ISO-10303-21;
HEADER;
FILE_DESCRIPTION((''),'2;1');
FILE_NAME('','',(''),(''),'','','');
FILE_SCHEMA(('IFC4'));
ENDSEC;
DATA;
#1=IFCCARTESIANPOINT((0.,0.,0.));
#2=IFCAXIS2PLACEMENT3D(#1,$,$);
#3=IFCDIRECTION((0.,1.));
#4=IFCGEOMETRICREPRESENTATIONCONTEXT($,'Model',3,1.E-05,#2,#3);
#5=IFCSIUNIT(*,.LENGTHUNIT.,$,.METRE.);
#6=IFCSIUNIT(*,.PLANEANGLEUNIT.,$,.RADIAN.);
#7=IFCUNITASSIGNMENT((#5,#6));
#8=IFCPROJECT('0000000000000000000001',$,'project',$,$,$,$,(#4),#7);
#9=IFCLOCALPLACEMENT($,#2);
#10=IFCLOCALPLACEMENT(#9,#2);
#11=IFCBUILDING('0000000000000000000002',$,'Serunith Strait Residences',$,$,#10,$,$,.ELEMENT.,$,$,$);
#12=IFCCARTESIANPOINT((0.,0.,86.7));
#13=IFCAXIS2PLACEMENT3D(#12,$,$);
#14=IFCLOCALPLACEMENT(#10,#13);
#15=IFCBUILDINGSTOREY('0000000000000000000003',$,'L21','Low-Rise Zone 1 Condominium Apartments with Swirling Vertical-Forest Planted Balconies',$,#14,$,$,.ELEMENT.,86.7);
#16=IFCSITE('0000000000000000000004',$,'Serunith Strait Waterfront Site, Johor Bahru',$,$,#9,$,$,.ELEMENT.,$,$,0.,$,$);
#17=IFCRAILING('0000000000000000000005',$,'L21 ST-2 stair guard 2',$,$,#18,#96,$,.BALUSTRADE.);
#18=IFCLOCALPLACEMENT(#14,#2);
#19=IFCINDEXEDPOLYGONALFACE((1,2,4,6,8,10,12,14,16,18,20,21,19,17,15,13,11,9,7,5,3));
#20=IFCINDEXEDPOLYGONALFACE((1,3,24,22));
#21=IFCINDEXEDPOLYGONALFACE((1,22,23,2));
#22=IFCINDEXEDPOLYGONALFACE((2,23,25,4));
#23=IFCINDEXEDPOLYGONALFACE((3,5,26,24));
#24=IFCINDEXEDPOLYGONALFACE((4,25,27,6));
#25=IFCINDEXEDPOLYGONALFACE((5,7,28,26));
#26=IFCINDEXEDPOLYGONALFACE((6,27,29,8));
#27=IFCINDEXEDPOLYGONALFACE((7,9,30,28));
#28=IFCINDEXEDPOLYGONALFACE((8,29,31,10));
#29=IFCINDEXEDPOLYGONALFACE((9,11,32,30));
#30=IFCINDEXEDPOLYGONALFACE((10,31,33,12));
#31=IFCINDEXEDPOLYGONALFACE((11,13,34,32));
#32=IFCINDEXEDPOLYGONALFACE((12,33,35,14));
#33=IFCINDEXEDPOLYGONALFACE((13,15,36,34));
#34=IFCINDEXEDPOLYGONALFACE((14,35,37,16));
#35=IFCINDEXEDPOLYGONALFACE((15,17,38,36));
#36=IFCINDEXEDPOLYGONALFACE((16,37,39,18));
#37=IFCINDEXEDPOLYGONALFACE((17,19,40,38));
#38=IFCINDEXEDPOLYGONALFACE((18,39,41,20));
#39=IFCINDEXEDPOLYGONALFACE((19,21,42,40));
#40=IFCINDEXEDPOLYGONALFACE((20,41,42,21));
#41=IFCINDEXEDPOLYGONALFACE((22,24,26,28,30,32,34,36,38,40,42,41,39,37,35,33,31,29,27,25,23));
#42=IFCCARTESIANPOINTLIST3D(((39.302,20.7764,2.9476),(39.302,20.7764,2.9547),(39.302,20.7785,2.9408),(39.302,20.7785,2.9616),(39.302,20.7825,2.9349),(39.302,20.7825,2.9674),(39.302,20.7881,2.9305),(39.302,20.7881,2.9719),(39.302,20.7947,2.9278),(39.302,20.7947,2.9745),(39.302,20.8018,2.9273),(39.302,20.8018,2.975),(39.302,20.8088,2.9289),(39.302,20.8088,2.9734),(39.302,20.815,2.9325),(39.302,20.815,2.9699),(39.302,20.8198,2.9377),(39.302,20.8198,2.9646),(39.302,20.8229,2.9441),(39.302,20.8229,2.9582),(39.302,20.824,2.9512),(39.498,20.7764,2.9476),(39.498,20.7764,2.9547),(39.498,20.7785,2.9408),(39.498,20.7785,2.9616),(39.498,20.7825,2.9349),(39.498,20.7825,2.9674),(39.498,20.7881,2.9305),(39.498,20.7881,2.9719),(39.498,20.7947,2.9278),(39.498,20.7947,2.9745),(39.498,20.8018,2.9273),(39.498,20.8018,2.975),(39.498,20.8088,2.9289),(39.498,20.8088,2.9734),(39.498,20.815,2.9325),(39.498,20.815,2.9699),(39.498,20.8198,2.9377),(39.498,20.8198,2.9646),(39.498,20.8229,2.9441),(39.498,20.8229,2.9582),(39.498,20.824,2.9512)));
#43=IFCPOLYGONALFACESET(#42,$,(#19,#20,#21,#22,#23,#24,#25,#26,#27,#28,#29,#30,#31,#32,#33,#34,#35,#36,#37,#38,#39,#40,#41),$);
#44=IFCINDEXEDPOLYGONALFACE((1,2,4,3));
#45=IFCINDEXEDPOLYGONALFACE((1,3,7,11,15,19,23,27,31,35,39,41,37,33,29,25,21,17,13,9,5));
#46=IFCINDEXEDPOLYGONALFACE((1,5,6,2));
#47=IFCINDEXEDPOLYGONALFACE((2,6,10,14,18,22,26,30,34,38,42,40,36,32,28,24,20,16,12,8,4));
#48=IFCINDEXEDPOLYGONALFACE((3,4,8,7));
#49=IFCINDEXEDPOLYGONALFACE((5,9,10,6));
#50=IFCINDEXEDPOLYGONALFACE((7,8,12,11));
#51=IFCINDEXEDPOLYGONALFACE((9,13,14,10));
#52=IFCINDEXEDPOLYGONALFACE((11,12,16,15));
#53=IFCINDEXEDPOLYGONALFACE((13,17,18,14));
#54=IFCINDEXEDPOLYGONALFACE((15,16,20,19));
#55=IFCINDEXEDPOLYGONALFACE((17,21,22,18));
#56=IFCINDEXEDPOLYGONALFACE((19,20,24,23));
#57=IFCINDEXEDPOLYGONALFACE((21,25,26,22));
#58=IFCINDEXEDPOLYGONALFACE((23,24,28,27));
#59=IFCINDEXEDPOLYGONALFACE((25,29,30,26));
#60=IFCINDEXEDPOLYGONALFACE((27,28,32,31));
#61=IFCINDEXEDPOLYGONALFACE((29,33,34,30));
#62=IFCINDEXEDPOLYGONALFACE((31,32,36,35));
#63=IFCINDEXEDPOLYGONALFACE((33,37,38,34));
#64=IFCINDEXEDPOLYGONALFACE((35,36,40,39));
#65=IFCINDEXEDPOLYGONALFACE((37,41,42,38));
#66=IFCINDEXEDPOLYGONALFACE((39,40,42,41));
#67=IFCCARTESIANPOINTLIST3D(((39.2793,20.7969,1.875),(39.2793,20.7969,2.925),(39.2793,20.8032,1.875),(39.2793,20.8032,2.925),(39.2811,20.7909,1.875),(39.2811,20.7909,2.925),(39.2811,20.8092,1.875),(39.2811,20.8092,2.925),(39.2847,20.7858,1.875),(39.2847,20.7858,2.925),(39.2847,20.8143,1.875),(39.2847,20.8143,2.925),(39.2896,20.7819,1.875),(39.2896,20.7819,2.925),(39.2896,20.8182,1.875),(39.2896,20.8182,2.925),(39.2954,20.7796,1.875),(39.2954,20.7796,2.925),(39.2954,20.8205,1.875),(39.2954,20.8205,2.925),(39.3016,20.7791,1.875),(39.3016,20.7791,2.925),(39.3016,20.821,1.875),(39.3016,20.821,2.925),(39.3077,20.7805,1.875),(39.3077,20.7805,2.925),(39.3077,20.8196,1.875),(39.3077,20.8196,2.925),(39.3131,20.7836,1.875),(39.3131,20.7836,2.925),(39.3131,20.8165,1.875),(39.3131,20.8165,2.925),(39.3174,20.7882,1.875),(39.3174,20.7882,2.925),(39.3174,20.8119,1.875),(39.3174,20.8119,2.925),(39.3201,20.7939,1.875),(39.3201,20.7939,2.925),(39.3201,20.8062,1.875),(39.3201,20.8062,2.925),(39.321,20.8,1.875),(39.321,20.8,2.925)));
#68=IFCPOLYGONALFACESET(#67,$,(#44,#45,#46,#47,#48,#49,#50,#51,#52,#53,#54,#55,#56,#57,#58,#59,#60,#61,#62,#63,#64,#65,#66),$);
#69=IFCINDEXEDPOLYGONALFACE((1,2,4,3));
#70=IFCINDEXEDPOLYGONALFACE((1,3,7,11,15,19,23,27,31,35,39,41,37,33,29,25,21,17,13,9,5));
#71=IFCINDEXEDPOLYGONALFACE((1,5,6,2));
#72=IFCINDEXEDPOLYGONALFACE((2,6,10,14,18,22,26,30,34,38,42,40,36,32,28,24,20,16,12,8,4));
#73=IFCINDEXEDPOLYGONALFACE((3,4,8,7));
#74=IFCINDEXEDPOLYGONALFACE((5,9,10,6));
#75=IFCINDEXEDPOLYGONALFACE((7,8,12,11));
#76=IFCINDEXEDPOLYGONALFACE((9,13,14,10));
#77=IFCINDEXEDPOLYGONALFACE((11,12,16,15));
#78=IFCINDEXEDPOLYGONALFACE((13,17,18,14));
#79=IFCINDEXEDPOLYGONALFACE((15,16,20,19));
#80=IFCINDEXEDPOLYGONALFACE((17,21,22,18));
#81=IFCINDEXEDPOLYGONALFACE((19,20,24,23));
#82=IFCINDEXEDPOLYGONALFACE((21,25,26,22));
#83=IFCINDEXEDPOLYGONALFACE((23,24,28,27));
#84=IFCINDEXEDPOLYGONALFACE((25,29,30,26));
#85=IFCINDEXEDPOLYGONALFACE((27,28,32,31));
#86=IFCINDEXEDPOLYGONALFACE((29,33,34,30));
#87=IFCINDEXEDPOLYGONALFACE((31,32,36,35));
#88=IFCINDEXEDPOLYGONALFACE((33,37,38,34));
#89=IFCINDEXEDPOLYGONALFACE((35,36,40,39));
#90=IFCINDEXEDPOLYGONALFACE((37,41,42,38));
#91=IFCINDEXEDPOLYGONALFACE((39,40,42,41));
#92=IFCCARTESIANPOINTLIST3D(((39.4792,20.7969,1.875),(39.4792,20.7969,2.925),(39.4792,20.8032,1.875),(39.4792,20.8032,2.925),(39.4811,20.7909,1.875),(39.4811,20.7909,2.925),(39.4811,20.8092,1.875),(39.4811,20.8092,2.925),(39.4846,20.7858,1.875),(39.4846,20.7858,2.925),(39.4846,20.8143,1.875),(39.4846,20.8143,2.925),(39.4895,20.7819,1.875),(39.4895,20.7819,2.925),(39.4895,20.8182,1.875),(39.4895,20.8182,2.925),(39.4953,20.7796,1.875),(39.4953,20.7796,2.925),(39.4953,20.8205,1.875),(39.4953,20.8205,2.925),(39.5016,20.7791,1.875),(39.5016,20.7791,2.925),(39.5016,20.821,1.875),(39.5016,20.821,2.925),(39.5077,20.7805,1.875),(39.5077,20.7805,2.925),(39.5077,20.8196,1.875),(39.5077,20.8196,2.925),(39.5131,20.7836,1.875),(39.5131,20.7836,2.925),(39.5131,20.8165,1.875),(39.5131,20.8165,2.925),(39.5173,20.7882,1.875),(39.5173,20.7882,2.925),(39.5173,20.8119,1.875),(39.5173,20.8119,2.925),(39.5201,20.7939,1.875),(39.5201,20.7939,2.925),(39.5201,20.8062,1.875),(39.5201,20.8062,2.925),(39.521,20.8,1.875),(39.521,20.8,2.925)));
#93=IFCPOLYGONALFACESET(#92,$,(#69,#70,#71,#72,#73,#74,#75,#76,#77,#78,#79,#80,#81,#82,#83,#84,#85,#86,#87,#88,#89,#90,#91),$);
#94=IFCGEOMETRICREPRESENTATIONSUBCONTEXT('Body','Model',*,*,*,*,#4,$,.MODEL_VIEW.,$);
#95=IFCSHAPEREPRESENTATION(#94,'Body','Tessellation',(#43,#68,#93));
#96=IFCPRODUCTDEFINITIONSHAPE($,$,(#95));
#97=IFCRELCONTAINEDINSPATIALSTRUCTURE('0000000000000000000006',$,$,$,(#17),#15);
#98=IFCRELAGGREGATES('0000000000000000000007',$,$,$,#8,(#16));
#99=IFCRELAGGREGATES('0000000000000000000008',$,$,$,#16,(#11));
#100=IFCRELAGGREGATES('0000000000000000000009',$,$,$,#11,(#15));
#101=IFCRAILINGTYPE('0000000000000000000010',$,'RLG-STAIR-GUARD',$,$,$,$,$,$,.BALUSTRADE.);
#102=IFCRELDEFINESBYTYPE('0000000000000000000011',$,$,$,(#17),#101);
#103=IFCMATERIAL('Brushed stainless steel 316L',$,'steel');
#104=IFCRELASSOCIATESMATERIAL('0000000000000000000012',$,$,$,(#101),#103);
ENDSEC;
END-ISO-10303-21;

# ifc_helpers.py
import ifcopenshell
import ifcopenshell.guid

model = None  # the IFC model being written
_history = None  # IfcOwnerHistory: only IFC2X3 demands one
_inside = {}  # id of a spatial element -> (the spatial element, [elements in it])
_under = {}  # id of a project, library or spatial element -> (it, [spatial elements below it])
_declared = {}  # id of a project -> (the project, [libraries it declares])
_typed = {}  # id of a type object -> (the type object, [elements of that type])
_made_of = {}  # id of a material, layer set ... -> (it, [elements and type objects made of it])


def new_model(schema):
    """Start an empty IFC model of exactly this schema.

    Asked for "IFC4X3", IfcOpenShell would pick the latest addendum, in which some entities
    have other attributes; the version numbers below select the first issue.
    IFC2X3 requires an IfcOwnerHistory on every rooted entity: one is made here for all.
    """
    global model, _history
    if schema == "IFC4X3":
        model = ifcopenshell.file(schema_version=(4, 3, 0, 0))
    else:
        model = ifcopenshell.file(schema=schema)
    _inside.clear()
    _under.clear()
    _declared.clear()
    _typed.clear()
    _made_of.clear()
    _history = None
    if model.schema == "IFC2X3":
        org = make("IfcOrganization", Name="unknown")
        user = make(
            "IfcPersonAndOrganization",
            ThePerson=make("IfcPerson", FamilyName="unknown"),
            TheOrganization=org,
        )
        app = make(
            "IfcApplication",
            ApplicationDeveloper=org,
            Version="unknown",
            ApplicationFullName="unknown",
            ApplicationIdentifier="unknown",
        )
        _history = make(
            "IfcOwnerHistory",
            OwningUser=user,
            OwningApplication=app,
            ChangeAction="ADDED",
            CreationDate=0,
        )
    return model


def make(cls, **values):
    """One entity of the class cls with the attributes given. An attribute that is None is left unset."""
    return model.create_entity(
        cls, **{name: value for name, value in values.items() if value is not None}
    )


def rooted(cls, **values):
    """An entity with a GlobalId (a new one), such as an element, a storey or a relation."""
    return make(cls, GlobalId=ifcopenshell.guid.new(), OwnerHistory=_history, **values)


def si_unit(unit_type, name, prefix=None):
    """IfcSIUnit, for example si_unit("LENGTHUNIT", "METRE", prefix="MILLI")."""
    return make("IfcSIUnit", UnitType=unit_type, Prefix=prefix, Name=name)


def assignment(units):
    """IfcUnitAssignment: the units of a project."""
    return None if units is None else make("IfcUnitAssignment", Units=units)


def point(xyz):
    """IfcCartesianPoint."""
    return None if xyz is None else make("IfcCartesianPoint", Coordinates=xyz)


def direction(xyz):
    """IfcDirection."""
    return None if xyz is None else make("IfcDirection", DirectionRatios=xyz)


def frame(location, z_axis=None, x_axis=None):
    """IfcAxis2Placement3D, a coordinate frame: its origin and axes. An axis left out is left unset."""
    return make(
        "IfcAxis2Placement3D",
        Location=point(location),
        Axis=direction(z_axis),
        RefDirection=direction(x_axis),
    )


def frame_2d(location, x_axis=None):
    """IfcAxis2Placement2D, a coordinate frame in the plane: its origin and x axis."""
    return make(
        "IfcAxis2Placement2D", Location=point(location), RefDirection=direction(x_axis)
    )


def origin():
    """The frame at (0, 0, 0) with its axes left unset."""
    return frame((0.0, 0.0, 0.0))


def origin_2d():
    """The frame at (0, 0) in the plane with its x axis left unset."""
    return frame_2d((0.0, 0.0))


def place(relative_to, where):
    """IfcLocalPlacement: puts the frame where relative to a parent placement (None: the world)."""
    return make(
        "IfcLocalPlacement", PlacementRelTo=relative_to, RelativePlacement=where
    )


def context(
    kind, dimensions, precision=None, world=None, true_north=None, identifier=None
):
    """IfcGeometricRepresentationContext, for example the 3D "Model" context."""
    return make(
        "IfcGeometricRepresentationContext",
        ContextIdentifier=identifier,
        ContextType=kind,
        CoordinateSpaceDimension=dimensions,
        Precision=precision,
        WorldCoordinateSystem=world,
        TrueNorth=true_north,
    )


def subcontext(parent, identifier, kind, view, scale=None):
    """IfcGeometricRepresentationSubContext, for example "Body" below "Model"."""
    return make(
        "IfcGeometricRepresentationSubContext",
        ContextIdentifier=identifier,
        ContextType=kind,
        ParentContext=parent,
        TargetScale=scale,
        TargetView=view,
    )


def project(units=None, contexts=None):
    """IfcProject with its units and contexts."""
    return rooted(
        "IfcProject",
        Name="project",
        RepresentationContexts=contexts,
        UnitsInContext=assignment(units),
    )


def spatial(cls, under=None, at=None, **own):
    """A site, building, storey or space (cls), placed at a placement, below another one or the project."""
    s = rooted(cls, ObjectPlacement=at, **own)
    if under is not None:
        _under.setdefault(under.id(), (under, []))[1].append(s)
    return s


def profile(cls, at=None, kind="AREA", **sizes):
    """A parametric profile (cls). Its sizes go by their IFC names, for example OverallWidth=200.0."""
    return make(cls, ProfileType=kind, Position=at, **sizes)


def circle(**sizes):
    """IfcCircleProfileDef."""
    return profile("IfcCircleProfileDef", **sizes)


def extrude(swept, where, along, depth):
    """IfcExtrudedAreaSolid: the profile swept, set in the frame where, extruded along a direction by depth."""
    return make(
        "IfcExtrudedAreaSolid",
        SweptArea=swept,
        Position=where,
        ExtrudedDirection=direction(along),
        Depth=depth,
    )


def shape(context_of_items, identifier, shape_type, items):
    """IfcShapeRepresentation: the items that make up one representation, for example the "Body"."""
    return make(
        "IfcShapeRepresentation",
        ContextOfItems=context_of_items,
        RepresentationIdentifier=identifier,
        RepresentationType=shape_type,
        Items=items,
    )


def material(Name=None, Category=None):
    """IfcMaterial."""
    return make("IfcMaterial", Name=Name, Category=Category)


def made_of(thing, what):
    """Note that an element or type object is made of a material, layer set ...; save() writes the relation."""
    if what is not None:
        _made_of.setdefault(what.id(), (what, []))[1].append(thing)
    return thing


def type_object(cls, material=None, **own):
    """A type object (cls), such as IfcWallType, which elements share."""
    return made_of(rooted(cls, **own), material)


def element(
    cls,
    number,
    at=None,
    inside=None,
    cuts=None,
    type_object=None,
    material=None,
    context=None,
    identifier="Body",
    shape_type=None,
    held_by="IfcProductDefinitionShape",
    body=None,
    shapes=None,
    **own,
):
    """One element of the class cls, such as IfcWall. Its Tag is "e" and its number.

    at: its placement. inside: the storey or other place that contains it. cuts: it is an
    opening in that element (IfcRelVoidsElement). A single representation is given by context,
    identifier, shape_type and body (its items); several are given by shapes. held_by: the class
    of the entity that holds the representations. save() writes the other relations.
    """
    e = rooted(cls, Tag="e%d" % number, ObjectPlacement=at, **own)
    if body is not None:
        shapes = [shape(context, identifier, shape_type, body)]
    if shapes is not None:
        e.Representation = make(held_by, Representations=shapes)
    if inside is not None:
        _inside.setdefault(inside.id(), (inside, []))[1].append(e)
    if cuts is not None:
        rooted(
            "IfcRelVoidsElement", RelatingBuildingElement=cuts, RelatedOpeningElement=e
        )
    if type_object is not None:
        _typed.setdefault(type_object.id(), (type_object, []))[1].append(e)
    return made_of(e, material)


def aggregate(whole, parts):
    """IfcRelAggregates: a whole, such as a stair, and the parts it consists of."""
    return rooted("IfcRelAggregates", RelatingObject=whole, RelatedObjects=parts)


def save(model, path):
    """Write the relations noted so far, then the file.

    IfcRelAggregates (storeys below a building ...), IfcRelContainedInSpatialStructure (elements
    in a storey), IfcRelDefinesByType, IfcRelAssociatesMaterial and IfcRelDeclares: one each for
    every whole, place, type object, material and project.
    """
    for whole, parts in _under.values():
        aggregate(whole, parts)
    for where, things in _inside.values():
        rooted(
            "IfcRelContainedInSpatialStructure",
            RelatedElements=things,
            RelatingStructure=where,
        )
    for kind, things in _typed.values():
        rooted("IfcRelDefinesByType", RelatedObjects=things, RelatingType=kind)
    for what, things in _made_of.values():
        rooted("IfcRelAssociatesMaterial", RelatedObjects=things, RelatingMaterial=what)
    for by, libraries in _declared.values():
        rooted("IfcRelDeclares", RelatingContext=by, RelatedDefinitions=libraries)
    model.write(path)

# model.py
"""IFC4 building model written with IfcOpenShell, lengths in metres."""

from ifc_helpers import new_model, si_unit, direction, frame, origin, origin_2d, place, context, subcontext, project, spatial, circle, extrude, material, type_object, element, save


model = new_model("IFC4")

# Units and contexts
model_context = context("Model", 3, precision=1e-05, world=origin(), true_north=direction((0.0, 1.0)))
body_context = subcontext(model_context, "Body", "Model", "MODEL_VIEW")
ifc_project = project(units=[si_unit("LENGTHUNIT", "METRE"), si_unit("PLANEANGLEUNIT", "RADIAN")], contexts=[model_context])

# Site, building, storey
site_placement = place(None, origin())
site = spatial("IfcSite", under=ifc_project, at=site_placement, Name="Serunith Strait Waterfront Site, Johor Bahru", CompositionType="ELEMENT", RefElevation=0.0)
building_placement = place(site_placement, origin())
building = spatial("IfcBuilding", under=site, at=building_placement, Name="Serunith Strait Residences", CompositionType="ELEMENT")
storey_placement = place(building_placement, frame((0.0, 0.0, 86.7)))
storey = spatial("IfcBuildingStorey", under=building, at=storey_placement, Name="L21", Description="Low-Rise Zone 1 Condominium Apartments with Swirling Vertical-Forest Planted Balconies", CompositionType="ELEMENT", Elevation=86.7)

# Railing
ifc_material_1 = material(Name="Brushed stainless steel 316L", Category="steel")
railing_type_1 = type_object("IfcRailingType", Name="RLG-STAIR-GUARD", PredefinedType="BALUSTRADE", material=ifc_material_1)
railing_1_placement = place(storey_placement, frame((39.3, 20.8, 1.875)))
element("IfcRailing", 1, at=railing_1_placement, inside=storey, type_object=railing_type_1, Name="L21 ST-2 stair guard 2", PredefinedType="BALUSTRADE", context=body_context, shape_type="SweptSolid", body=[
    extrude(circle(Radius=0.0239, at=origin_2d()), frame((0.002, 0.0, 1.0762), z_axis=(1.0, 0.0, 0.0), x_axis=(0.0, 1.0, 0.0)), (0.0, 0.0, 1.0), 0.196),
    extrude(circle(Radius=0.021, at=origin_2d()), origin(), (0.0, 0.0, 1.0), 1.05),
    extrude(circle(Radius=0.021, at=origin_2d()), frame((0.2, 0.0, 0.0)), (0.0, 0.0, 1.0), 1.05),
])

save(model, "model.ifc")
